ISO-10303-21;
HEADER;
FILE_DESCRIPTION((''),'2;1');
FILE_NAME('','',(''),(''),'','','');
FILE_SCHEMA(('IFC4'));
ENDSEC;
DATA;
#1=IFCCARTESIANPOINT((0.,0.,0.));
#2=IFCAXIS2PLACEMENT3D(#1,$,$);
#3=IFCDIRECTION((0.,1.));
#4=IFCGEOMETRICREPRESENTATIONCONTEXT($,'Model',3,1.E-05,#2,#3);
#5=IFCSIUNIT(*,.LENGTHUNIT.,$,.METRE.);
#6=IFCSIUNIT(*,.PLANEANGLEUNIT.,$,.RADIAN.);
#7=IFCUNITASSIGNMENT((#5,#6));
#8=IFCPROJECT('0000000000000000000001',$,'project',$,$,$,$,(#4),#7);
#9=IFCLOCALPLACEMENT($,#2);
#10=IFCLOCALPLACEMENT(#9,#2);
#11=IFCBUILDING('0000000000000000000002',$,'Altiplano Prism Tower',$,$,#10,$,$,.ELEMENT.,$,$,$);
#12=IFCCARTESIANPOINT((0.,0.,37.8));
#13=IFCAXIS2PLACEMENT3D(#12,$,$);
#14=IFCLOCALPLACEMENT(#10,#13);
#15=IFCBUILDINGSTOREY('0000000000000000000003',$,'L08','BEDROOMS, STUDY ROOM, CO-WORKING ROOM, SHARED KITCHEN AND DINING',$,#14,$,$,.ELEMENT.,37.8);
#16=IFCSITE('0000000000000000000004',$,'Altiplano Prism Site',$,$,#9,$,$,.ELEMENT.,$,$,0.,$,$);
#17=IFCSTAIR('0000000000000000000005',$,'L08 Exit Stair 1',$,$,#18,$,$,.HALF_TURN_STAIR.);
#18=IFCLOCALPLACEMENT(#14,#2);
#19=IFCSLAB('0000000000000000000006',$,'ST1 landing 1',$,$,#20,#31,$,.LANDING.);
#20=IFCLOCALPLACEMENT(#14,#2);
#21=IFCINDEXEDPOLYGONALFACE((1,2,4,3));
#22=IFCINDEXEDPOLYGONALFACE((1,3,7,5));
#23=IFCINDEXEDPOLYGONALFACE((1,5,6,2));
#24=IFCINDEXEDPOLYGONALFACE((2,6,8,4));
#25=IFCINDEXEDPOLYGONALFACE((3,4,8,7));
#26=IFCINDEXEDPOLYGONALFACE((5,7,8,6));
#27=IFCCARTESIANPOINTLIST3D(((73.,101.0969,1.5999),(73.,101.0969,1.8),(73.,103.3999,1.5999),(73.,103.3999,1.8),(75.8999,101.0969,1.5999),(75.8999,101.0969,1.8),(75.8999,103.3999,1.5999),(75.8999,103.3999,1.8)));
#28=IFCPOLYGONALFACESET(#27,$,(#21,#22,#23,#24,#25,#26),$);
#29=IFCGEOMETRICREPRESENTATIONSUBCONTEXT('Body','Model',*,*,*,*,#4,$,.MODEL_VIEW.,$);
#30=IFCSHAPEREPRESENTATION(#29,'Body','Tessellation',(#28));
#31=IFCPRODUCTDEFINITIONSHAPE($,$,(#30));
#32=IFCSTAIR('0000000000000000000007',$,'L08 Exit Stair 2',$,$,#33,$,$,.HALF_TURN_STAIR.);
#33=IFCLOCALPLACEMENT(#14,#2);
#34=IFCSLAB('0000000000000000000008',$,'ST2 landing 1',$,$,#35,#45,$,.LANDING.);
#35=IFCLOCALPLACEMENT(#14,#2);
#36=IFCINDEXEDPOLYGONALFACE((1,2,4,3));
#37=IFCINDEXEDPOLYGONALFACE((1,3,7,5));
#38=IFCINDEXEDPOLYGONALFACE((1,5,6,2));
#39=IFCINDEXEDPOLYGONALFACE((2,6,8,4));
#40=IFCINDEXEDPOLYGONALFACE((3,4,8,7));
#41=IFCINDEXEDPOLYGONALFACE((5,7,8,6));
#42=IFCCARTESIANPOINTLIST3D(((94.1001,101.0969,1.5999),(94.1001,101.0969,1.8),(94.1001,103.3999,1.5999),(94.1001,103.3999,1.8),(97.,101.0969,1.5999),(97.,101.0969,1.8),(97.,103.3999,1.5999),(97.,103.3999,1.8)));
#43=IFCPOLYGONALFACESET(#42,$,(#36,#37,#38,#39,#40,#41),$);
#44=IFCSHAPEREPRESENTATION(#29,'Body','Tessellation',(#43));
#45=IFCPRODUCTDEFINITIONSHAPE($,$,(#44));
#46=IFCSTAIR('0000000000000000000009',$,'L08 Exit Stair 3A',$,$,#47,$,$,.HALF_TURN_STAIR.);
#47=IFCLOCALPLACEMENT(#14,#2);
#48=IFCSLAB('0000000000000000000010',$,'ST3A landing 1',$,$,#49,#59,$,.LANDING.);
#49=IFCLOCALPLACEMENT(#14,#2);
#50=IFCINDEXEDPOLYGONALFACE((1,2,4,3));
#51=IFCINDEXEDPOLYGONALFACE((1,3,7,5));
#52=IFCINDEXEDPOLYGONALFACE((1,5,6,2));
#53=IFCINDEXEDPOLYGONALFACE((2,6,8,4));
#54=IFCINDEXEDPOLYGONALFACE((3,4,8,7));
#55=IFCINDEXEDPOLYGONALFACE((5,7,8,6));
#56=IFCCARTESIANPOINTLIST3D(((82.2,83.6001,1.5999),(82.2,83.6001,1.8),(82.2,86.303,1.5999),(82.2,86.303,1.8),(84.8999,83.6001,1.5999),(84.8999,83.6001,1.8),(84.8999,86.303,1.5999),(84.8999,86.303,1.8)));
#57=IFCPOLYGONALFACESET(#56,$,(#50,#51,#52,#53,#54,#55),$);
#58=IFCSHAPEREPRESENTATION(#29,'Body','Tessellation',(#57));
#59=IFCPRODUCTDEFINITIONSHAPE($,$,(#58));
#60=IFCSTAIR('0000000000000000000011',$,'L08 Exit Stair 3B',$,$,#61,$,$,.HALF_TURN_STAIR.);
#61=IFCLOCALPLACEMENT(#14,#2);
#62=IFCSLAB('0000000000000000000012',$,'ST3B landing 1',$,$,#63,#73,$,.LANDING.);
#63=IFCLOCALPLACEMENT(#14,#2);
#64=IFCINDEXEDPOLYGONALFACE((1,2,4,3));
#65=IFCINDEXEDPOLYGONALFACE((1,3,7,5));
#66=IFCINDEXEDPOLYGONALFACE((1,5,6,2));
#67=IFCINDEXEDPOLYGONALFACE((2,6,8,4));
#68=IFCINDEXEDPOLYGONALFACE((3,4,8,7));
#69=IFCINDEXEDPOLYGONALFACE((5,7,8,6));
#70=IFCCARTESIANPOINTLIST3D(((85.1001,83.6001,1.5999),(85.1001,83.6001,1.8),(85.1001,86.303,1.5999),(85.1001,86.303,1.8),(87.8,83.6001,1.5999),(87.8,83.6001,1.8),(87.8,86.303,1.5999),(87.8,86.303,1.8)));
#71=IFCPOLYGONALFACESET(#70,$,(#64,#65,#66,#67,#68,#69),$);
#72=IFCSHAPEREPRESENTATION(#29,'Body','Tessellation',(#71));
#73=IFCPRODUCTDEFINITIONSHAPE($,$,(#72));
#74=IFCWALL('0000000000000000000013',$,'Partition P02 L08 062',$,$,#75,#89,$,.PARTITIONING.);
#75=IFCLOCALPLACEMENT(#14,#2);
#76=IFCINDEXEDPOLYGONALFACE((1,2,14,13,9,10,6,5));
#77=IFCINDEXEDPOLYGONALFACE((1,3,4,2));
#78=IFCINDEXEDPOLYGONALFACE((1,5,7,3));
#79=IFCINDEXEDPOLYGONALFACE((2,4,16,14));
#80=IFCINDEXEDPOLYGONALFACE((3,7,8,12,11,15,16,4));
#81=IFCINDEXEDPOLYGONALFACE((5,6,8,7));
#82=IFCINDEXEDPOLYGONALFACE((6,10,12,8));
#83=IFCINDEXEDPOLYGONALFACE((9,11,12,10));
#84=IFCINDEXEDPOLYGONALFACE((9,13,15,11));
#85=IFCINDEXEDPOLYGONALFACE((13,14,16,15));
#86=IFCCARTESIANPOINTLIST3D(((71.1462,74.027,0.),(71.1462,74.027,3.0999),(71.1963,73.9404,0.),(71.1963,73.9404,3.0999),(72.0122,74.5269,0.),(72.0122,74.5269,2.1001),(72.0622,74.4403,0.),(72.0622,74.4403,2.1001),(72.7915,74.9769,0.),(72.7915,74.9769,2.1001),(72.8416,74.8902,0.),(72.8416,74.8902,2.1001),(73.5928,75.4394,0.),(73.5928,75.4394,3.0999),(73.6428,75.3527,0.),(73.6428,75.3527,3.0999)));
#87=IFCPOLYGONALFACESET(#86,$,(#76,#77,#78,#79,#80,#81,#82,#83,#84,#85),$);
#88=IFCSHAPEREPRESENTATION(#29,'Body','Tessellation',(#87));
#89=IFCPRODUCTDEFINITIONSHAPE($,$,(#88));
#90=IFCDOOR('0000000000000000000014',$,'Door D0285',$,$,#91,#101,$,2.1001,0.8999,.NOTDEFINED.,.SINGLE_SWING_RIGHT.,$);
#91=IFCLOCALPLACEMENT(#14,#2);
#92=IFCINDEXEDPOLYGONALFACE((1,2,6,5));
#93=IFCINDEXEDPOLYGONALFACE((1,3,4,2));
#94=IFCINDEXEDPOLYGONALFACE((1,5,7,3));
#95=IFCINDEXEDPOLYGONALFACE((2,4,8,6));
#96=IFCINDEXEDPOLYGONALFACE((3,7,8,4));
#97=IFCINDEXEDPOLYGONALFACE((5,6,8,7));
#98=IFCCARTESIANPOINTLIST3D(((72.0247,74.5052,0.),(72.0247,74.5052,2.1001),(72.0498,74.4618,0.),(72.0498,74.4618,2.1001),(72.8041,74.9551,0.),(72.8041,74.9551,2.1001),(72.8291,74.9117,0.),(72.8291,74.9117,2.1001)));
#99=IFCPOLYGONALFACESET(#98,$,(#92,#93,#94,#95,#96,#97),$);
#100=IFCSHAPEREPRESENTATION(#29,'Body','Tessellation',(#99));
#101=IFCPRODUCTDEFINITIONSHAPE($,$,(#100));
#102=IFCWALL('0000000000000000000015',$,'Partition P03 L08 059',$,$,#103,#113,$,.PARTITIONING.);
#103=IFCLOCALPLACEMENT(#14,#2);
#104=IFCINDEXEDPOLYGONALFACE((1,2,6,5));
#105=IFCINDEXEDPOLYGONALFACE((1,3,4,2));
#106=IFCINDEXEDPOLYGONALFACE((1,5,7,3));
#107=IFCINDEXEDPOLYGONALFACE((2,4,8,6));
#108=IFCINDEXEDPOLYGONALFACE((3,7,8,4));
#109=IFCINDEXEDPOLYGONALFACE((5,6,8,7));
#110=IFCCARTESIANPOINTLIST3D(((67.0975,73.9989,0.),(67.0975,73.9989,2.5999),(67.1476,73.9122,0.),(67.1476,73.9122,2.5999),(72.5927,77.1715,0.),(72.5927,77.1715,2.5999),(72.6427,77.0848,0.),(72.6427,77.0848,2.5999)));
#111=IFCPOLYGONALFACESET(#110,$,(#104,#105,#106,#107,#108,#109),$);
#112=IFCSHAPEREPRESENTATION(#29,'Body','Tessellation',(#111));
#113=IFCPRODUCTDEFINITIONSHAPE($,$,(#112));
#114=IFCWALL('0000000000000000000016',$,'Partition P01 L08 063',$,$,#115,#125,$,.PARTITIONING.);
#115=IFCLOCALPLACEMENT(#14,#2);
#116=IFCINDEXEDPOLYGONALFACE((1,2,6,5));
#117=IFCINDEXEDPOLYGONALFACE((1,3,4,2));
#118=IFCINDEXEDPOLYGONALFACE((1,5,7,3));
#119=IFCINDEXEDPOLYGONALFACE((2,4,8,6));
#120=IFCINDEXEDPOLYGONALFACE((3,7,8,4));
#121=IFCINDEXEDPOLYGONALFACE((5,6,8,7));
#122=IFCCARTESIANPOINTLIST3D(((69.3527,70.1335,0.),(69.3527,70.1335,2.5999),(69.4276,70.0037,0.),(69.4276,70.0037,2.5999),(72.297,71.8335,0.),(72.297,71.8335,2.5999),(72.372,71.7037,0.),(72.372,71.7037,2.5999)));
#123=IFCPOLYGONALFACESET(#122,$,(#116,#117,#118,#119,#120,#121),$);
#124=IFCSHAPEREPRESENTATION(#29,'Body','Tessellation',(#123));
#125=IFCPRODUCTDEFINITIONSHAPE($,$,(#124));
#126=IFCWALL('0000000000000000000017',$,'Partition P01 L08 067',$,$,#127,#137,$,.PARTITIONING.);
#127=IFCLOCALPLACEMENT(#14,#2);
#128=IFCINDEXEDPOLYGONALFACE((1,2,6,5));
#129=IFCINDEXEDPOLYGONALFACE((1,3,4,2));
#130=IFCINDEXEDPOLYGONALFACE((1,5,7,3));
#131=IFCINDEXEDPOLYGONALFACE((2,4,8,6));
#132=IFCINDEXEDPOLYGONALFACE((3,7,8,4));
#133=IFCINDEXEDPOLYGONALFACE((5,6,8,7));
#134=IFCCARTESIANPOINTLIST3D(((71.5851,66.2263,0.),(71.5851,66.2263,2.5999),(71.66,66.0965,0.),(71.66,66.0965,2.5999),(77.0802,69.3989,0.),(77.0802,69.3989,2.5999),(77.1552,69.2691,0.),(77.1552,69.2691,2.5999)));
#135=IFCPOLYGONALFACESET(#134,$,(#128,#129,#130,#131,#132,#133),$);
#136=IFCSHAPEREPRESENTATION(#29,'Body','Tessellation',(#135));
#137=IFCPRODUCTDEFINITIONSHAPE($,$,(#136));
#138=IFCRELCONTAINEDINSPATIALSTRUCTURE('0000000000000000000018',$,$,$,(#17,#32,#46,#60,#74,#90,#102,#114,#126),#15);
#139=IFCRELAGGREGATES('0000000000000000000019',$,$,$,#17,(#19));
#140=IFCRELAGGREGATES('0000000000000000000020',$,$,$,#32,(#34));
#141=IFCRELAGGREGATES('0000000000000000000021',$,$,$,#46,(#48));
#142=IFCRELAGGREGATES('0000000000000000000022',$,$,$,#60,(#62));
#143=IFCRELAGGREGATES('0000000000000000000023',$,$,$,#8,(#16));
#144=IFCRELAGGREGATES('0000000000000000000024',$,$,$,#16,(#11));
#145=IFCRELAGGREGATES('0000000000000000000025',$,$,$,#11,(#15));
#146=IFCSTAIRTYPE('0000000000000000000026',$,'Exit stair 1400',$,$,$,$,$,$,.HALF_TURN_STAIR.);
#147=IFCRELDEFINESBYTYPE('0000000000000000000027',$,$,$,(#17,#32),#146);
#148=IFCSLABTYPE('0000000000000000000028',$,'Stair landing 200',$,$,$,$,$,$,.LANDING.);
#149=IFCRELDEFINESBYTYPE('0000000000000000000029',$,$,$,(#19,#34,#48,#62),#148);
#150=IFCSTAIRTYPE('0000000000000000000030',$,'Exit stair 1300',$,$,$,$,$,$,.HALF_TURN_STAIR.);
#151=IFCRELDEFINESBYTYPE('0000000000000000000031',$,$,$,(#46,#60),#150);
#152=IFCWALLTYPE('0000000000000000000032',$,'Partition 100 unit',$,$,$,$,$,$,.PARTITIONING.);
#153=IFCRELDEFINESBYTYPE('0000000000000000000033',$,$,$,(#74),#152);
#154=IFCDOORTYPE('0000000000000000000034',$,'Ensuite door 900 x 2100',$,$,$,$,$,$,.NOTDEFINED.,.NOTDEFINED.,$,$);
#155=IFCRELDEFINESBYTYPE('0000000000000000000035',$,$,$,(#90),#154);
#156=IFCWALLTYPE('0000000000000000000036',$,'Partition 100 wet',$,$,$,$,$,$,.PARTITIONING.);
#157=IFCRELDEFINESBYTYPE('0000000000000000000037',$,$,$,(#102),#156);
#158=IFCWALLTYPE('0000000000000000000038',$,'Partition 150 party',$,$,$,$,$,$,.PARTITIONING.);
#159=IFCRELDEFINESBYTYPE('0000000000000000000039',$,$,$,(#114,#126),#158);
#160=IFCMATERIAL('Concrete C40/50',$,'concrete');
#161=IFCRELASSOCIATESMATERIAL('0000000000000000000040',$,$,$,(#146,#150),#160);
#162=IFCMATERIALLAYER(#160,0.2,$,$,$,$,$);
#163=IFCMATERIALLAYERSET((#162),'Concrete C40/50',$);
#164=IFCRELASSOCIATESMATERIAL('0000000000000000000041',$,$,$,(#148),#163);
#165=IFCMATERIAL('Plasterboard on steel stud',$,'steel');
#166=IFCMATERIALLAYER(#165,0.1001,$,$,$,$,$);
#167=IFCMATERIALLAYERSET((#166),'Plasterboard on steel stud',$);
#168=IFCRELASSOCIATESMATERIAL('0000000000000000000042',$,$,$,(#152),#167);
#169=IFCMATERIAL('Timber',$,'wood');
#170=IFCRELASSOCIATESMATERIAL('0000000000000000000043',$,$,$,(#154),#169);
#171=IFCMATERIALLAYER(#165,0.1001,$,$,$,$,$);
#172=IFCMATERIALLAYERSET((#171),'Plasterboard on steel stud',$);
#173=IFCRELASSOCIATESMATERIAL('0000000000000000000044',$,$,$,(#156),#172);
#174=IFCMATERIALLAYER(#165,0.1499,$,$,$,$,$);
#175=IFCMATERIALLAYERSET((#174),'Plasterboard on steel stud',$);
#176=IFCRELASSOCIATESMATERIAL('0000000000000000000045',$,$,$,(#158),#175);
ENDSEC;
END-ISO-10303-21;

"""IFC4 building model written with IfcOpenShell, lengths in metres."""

from ifc_helpers import new_model, si_unit, direction, frame, frame_2d, origin, place, context, subcontext, project, spatial, polyline, rectangle, outline, extrude, material, layer, layer_set, type_object, element, fill, aggregate, save


model = new_model("IFC4")

# Units and contexts
model_context = context("Model", 3, precision=1e-05, world=origin(), true_north=direction((0.0, 1.0)))
body_context = subcontext(model_context, "Body", "Model", "MODEL_VIEW")
ifc_project = project(units=[si_unit("LENGTHUNIT", "METRE"), si_unit("PLANEANGLEUNIT", "RADIAN")], contexts=[model_context])

# Site, building, storey
site_placement = place(None, origin())
site = spatial("IfcSite", under=ifc_project, at=site_placement, Name="Altiplano Prism Site", CompositionType="ELEMENT", RefElevation=0.0)
building_placement = place(site_placement, origin())
building = spatial("IfcBuilding", under=site, at=building_placement, Name="Altiplano Prism Tower", CompositionType="ELEMENT")
storey_placement = place(building_placement, frame((0.0, 0.0, 37.8)))
storey = spatial("IfcBuildingStorey", under=building, at=storey_placement, Name="L08", Description="BEDROOMS, STUDY ROOM, CO-WORKING ROOM, SHARED KITCHEN AND DINING", CompositionType="ELEMENT", Elevation=37.8)

# Shared definitions
ifc_material_1 = material(Name="Concrete C40/50", Category="concrete")

# Stairs, slabs
stair_type_1 = type_object("IfcStairType", Name="Exit stair 1400", PredefinedType="HALF_TURN_STAIR", material=ifc_material_1)
stair_1_placement = place(storey_placement, origin())
stair_1 = element("IfcStair", 1, at=stair_1_placement, inside=storey, type_object=stair_type_1, Name="L08 Exit Stair 1", PredefinedType="HALF_TURN_STAIR")
ifc_layer_1 = layer(ifc_material_1, 0.2)
ifc_layer_set_1 = layer_set([ifc_layer_1], Name="Concrete C40/50")
slab_type_1 = type_object("IfcSlabType", Name="Stair landing 200", PredefinedType="LANDING", material=ifc_layer_set_1)
slab_1_placement = place(storey_placement, frame((0.0, 0.0, 1.5999)))
slab_1 = element("IfcSlab", 2, at=slab_1_placement, type_object=slab_type_1, Name="ST1 landing 1", PredefinedType="LANDING", context=body_context, shape_type="SweptSolid", body=[
    extrude(outline(polyline([(75.8999, 101.0969), (75.8999, 103.3999), (73.0, 103.3999), (73.0, 101.0969), (75.8999, 101.0969)])), origin(), (0.0, 0.0, 1.0), 0.2002),
])
aggregate(stair_1, [slab_1])
stair_2_placement = place(storey_placement, origin())
stair_2 = element("IfcStair", 3, at=stair_2_placement, inside=storey, type_object=stair_type_1, Name="L08 Exit Stair 2", PredefinedType="HALF_TURN_STAIR")
slab_2_placement = place(storey_placement, frame((0.0, 0.0, 1.5999)))
slab_2 = element("IfcSlab", 4, at=slab_2_placement, type_object=slab_type_1, Name="ST2 landing 1", PredefinedType="LANDING", context=body_context, shape_type="SweptSolid", body=[
    extrude(outline(polyline([(97.0, 101.0969), (97.0, 103.3999), (94.1001, 103.3999), (94.1001, 101.0969), (97.0, 101.0969)])), origin(), (0.0, 0.0, 1.0), 0.2002),
])
aggregate(stair_2, [slab_2])
stair_type_2 = type_object("IfcStairType", Name="Exit stair 1300", PredefinedType="HALF_TURN_STAIR", material=ifc_material_1)
stair_3_placement = place(storey_placement, origin())
stair_3 = element("IfcStair", 5, at=stair_3_placement, inside=storey, type_object=stair_type_2, Name="L08 Exit Stair 3A", PredefinedType="HALF_TURN_STAIR")
slab_3_placement = place(storey_placement, frame((0.0, 0.0, 1.5999)))
slab_3 = element("IfcSlab", 6, at=slab_3_placement, type_object=slab_type_1, Name="ST3A landing 1", PredefinedType="LANDING", context=body_context, shape_type="SweptSolid", body=[
    extrude(outline(polyline([(82.2, 86.303), (82.2, 83.6001), (84.8999, 83.6001), (84.8999, 86.303), (82.2, 86.303)])), origin(), (0.0, 0.0, 1.0), 0.2002),
])
aggregate(stair_3, [slab_3])
stair_4_placement = place(storey_placement, origin())
stair_4 = element("IfcStair", 7, at=stair_4_placement, inside=storey, type_object=stair_type_2, Name="L08 Exit Stair 3B", PredefinedType="HALF_TURN_STAIR")
slab_4_placement = place(storey_placement, frame((0.0, 0.0, 1.5999)))
slab_4 = element("IfcSlab", 8, at=slab_4_placement, type_object=slab_type_1, Name="ST3B landing 1", PredefinedType="LANDING", context=body_context, shape_type="SweptSolid", body=[
    extrude(outline(polyline([(85.1001, 86.303), (85.1001, 83.6001), (87.8, 83.6001), (87.8, 86.303), (85.1001, 86.303)])), origin(), (0.0, 0.0, 1.0), 0.2002),
])
aggregate(stair_4, [slab_4])

# Wall, opening, door
ifc_material_2 = material(Name="Plasterboard on steel stud", Category="steel")
ifc_layer_2 = layer(ifc_material_2, 0.1001)
ifc_layer_set_2 = layer_set([ifc_layer_2], Name="Plasterboard on steel stud")
wall_type_1 = type_object("IfcWallType", Name="Partition 100 unit", PredefinedType="PARTITIONING", material=ifc_layer_set_2)
wall_1_placement = place(storey_placement, frame((71.1711, 73.9836, 0.0), z_axis=(0.0, 0.0, 1.0), x_axis=(0.866049, 0.499959, 0.0)))
wall_1 = element("IfcWall", 9, at=wall_1_placement, inside=storey, type_object=wall_type_1, Name="Partition P02 L08 062", PredefinedType="PARTITIONING", context=body_context, shape_type="SweptSolid", body=[
    extrude(rectangle(XDim=2.825, YDim=0.1001, at=frame_2d((1.4126, 0.0))), origin(), (0.0, 0.0, 1.0), 3.0999),
])
opening_placement = place(wall_1_placement, frame((1.0, 0.0, 0.0)))
opening = element("IfcOpeningElement", 10, at=opening_placement, cuts=wall_1, PredefinedType="OPENING", context=body_context, shape_type="SweptSolid", body=[
    extrude(rectangle(XDim=0.8999, YDim=2.1001, at=frame_2d((0.45, 1.05))), frame((0.0, 0.0605, 0.0), z_axis=(0.0, -1.0, 0.0), x_axis=(1.0, 0.0, 0.0)), (0.0, 0.0, 1.0), 0.1211),
])
ifc_material_3 = material(Name="Timber", Category="wood")
door_type = type_object("IfcDoorType", Name="Ensuite door 900 x 2100", OperationType="NOTDEFINED", PredefinedType="NOTDEFINED", material=ifc_material_3)
door_placement = place(opening_placement, origin())
door = element("IfcDoor", 11, at=door_placement, inside=storey, type_object=door_type, Name="Door D0285", OperationType="SINGLE_SWING_RIGHT", OverallHeight=2.1001, OverallWidth=0.8999, PredefinedType="NOTDEFINED", context=body_context, shape_type="SweptSolid", body=[
    extrude(rectangle(XDim=0.8999, YDim=2.1001, at=frame_2d((0.45, 1.05))), frame((0.0, 0.0249, 0.0), z_axis=(0.0, -1.0, 0.0), x_axis=(1.0, 0.0, 0.0)), (0.0, 0.0, 1.0), 0.05),
])
fill(opening, door)

# Walls
ifc_layer_3 = layer(ifc_material_2, 0.1001)
ifc_layer_set_3 = layer_set([ifc_layer_3], Name="Plasterboard on steel stud")
wall_type_2 = type_object("IfcWallType", Name="Partition 100 wet", PredefinedType="PARTITIONING", material=ifc_layer_set_3)
wall_2_placement = place(storey_placement, frame((67.1226, 73.9556, 0.0), z_axis=(0.0, 0.0, 1.0), x_axis=(0.866025, 0.5, 0.0)))
element("IfcWall", 12, at=wall_2_placement, inside=storey, type_object=wall_type_2, Name="Partition P03 L08 059", PredefinedType="PARTITIONING", context=body_context, shape_type="SweptSolid", body=[
    extrude(rectangle(XDim=6.3452, YDim=0.1001, at=frame_2d((3.1726, 0.0))), origin(), (0.0, 0.0, 1.0), 2.5999),
])
ifc_layer_4 = layer(ifc_material_2, 0.1499)
ifc_layer_set_4 = layer_set([ifc_layer_4], Name="Plasterboard on steel stud")
wall_type_3 = type_object("IfcWallType", Name="Partition 150 party", PredefinedType="PARTITIONING", material=ifc_layer_set_4)
wall_3_placement = place(storey_placement, frame((69.3901, 70.0686, 0.0), z_axis=(0.0, 0.0, 1.0), x_axis=(0.866021, 0.500008, 0.0)))
element("IfcWall", 13, at=wall_3_placement, inside=storey, type_object=wall_type_3, Name="Partition P01 L08 063", PredefinedType="PARTITIONING", context=body_context, shape_type="SweptSolid", body=[
    extrude(rectangle(XDim=3.3999, YDim=0.1499, at=frame_2d((1.7, 0.0))), origin(), (0.0, 0.0, 1.0), 2.5999),
])
wall_4_placement = place(storey_placement, frame((71.6226, 66.1614, 0.0), z_axis=(0.0, 0.0, 1.0), x_axis=(0.866025, 0.5, 0.0)))
element("IfcWall", 14, at=wall_4_placement, inside=storey, type_object=wall_type_3, Name="Partition P01 L08 067", PredefinedType="PARTITIONING", context=body_context, shape_type="SweptSolid", body=[
    extrude(rectangle(XDim=6.3452, YDim=0.1499, at=frame_2d((3.1726, 0.0))), origin(), (0.0, 0.0, 1.0), 2.5999),
])

save(model, "model.ifc")
